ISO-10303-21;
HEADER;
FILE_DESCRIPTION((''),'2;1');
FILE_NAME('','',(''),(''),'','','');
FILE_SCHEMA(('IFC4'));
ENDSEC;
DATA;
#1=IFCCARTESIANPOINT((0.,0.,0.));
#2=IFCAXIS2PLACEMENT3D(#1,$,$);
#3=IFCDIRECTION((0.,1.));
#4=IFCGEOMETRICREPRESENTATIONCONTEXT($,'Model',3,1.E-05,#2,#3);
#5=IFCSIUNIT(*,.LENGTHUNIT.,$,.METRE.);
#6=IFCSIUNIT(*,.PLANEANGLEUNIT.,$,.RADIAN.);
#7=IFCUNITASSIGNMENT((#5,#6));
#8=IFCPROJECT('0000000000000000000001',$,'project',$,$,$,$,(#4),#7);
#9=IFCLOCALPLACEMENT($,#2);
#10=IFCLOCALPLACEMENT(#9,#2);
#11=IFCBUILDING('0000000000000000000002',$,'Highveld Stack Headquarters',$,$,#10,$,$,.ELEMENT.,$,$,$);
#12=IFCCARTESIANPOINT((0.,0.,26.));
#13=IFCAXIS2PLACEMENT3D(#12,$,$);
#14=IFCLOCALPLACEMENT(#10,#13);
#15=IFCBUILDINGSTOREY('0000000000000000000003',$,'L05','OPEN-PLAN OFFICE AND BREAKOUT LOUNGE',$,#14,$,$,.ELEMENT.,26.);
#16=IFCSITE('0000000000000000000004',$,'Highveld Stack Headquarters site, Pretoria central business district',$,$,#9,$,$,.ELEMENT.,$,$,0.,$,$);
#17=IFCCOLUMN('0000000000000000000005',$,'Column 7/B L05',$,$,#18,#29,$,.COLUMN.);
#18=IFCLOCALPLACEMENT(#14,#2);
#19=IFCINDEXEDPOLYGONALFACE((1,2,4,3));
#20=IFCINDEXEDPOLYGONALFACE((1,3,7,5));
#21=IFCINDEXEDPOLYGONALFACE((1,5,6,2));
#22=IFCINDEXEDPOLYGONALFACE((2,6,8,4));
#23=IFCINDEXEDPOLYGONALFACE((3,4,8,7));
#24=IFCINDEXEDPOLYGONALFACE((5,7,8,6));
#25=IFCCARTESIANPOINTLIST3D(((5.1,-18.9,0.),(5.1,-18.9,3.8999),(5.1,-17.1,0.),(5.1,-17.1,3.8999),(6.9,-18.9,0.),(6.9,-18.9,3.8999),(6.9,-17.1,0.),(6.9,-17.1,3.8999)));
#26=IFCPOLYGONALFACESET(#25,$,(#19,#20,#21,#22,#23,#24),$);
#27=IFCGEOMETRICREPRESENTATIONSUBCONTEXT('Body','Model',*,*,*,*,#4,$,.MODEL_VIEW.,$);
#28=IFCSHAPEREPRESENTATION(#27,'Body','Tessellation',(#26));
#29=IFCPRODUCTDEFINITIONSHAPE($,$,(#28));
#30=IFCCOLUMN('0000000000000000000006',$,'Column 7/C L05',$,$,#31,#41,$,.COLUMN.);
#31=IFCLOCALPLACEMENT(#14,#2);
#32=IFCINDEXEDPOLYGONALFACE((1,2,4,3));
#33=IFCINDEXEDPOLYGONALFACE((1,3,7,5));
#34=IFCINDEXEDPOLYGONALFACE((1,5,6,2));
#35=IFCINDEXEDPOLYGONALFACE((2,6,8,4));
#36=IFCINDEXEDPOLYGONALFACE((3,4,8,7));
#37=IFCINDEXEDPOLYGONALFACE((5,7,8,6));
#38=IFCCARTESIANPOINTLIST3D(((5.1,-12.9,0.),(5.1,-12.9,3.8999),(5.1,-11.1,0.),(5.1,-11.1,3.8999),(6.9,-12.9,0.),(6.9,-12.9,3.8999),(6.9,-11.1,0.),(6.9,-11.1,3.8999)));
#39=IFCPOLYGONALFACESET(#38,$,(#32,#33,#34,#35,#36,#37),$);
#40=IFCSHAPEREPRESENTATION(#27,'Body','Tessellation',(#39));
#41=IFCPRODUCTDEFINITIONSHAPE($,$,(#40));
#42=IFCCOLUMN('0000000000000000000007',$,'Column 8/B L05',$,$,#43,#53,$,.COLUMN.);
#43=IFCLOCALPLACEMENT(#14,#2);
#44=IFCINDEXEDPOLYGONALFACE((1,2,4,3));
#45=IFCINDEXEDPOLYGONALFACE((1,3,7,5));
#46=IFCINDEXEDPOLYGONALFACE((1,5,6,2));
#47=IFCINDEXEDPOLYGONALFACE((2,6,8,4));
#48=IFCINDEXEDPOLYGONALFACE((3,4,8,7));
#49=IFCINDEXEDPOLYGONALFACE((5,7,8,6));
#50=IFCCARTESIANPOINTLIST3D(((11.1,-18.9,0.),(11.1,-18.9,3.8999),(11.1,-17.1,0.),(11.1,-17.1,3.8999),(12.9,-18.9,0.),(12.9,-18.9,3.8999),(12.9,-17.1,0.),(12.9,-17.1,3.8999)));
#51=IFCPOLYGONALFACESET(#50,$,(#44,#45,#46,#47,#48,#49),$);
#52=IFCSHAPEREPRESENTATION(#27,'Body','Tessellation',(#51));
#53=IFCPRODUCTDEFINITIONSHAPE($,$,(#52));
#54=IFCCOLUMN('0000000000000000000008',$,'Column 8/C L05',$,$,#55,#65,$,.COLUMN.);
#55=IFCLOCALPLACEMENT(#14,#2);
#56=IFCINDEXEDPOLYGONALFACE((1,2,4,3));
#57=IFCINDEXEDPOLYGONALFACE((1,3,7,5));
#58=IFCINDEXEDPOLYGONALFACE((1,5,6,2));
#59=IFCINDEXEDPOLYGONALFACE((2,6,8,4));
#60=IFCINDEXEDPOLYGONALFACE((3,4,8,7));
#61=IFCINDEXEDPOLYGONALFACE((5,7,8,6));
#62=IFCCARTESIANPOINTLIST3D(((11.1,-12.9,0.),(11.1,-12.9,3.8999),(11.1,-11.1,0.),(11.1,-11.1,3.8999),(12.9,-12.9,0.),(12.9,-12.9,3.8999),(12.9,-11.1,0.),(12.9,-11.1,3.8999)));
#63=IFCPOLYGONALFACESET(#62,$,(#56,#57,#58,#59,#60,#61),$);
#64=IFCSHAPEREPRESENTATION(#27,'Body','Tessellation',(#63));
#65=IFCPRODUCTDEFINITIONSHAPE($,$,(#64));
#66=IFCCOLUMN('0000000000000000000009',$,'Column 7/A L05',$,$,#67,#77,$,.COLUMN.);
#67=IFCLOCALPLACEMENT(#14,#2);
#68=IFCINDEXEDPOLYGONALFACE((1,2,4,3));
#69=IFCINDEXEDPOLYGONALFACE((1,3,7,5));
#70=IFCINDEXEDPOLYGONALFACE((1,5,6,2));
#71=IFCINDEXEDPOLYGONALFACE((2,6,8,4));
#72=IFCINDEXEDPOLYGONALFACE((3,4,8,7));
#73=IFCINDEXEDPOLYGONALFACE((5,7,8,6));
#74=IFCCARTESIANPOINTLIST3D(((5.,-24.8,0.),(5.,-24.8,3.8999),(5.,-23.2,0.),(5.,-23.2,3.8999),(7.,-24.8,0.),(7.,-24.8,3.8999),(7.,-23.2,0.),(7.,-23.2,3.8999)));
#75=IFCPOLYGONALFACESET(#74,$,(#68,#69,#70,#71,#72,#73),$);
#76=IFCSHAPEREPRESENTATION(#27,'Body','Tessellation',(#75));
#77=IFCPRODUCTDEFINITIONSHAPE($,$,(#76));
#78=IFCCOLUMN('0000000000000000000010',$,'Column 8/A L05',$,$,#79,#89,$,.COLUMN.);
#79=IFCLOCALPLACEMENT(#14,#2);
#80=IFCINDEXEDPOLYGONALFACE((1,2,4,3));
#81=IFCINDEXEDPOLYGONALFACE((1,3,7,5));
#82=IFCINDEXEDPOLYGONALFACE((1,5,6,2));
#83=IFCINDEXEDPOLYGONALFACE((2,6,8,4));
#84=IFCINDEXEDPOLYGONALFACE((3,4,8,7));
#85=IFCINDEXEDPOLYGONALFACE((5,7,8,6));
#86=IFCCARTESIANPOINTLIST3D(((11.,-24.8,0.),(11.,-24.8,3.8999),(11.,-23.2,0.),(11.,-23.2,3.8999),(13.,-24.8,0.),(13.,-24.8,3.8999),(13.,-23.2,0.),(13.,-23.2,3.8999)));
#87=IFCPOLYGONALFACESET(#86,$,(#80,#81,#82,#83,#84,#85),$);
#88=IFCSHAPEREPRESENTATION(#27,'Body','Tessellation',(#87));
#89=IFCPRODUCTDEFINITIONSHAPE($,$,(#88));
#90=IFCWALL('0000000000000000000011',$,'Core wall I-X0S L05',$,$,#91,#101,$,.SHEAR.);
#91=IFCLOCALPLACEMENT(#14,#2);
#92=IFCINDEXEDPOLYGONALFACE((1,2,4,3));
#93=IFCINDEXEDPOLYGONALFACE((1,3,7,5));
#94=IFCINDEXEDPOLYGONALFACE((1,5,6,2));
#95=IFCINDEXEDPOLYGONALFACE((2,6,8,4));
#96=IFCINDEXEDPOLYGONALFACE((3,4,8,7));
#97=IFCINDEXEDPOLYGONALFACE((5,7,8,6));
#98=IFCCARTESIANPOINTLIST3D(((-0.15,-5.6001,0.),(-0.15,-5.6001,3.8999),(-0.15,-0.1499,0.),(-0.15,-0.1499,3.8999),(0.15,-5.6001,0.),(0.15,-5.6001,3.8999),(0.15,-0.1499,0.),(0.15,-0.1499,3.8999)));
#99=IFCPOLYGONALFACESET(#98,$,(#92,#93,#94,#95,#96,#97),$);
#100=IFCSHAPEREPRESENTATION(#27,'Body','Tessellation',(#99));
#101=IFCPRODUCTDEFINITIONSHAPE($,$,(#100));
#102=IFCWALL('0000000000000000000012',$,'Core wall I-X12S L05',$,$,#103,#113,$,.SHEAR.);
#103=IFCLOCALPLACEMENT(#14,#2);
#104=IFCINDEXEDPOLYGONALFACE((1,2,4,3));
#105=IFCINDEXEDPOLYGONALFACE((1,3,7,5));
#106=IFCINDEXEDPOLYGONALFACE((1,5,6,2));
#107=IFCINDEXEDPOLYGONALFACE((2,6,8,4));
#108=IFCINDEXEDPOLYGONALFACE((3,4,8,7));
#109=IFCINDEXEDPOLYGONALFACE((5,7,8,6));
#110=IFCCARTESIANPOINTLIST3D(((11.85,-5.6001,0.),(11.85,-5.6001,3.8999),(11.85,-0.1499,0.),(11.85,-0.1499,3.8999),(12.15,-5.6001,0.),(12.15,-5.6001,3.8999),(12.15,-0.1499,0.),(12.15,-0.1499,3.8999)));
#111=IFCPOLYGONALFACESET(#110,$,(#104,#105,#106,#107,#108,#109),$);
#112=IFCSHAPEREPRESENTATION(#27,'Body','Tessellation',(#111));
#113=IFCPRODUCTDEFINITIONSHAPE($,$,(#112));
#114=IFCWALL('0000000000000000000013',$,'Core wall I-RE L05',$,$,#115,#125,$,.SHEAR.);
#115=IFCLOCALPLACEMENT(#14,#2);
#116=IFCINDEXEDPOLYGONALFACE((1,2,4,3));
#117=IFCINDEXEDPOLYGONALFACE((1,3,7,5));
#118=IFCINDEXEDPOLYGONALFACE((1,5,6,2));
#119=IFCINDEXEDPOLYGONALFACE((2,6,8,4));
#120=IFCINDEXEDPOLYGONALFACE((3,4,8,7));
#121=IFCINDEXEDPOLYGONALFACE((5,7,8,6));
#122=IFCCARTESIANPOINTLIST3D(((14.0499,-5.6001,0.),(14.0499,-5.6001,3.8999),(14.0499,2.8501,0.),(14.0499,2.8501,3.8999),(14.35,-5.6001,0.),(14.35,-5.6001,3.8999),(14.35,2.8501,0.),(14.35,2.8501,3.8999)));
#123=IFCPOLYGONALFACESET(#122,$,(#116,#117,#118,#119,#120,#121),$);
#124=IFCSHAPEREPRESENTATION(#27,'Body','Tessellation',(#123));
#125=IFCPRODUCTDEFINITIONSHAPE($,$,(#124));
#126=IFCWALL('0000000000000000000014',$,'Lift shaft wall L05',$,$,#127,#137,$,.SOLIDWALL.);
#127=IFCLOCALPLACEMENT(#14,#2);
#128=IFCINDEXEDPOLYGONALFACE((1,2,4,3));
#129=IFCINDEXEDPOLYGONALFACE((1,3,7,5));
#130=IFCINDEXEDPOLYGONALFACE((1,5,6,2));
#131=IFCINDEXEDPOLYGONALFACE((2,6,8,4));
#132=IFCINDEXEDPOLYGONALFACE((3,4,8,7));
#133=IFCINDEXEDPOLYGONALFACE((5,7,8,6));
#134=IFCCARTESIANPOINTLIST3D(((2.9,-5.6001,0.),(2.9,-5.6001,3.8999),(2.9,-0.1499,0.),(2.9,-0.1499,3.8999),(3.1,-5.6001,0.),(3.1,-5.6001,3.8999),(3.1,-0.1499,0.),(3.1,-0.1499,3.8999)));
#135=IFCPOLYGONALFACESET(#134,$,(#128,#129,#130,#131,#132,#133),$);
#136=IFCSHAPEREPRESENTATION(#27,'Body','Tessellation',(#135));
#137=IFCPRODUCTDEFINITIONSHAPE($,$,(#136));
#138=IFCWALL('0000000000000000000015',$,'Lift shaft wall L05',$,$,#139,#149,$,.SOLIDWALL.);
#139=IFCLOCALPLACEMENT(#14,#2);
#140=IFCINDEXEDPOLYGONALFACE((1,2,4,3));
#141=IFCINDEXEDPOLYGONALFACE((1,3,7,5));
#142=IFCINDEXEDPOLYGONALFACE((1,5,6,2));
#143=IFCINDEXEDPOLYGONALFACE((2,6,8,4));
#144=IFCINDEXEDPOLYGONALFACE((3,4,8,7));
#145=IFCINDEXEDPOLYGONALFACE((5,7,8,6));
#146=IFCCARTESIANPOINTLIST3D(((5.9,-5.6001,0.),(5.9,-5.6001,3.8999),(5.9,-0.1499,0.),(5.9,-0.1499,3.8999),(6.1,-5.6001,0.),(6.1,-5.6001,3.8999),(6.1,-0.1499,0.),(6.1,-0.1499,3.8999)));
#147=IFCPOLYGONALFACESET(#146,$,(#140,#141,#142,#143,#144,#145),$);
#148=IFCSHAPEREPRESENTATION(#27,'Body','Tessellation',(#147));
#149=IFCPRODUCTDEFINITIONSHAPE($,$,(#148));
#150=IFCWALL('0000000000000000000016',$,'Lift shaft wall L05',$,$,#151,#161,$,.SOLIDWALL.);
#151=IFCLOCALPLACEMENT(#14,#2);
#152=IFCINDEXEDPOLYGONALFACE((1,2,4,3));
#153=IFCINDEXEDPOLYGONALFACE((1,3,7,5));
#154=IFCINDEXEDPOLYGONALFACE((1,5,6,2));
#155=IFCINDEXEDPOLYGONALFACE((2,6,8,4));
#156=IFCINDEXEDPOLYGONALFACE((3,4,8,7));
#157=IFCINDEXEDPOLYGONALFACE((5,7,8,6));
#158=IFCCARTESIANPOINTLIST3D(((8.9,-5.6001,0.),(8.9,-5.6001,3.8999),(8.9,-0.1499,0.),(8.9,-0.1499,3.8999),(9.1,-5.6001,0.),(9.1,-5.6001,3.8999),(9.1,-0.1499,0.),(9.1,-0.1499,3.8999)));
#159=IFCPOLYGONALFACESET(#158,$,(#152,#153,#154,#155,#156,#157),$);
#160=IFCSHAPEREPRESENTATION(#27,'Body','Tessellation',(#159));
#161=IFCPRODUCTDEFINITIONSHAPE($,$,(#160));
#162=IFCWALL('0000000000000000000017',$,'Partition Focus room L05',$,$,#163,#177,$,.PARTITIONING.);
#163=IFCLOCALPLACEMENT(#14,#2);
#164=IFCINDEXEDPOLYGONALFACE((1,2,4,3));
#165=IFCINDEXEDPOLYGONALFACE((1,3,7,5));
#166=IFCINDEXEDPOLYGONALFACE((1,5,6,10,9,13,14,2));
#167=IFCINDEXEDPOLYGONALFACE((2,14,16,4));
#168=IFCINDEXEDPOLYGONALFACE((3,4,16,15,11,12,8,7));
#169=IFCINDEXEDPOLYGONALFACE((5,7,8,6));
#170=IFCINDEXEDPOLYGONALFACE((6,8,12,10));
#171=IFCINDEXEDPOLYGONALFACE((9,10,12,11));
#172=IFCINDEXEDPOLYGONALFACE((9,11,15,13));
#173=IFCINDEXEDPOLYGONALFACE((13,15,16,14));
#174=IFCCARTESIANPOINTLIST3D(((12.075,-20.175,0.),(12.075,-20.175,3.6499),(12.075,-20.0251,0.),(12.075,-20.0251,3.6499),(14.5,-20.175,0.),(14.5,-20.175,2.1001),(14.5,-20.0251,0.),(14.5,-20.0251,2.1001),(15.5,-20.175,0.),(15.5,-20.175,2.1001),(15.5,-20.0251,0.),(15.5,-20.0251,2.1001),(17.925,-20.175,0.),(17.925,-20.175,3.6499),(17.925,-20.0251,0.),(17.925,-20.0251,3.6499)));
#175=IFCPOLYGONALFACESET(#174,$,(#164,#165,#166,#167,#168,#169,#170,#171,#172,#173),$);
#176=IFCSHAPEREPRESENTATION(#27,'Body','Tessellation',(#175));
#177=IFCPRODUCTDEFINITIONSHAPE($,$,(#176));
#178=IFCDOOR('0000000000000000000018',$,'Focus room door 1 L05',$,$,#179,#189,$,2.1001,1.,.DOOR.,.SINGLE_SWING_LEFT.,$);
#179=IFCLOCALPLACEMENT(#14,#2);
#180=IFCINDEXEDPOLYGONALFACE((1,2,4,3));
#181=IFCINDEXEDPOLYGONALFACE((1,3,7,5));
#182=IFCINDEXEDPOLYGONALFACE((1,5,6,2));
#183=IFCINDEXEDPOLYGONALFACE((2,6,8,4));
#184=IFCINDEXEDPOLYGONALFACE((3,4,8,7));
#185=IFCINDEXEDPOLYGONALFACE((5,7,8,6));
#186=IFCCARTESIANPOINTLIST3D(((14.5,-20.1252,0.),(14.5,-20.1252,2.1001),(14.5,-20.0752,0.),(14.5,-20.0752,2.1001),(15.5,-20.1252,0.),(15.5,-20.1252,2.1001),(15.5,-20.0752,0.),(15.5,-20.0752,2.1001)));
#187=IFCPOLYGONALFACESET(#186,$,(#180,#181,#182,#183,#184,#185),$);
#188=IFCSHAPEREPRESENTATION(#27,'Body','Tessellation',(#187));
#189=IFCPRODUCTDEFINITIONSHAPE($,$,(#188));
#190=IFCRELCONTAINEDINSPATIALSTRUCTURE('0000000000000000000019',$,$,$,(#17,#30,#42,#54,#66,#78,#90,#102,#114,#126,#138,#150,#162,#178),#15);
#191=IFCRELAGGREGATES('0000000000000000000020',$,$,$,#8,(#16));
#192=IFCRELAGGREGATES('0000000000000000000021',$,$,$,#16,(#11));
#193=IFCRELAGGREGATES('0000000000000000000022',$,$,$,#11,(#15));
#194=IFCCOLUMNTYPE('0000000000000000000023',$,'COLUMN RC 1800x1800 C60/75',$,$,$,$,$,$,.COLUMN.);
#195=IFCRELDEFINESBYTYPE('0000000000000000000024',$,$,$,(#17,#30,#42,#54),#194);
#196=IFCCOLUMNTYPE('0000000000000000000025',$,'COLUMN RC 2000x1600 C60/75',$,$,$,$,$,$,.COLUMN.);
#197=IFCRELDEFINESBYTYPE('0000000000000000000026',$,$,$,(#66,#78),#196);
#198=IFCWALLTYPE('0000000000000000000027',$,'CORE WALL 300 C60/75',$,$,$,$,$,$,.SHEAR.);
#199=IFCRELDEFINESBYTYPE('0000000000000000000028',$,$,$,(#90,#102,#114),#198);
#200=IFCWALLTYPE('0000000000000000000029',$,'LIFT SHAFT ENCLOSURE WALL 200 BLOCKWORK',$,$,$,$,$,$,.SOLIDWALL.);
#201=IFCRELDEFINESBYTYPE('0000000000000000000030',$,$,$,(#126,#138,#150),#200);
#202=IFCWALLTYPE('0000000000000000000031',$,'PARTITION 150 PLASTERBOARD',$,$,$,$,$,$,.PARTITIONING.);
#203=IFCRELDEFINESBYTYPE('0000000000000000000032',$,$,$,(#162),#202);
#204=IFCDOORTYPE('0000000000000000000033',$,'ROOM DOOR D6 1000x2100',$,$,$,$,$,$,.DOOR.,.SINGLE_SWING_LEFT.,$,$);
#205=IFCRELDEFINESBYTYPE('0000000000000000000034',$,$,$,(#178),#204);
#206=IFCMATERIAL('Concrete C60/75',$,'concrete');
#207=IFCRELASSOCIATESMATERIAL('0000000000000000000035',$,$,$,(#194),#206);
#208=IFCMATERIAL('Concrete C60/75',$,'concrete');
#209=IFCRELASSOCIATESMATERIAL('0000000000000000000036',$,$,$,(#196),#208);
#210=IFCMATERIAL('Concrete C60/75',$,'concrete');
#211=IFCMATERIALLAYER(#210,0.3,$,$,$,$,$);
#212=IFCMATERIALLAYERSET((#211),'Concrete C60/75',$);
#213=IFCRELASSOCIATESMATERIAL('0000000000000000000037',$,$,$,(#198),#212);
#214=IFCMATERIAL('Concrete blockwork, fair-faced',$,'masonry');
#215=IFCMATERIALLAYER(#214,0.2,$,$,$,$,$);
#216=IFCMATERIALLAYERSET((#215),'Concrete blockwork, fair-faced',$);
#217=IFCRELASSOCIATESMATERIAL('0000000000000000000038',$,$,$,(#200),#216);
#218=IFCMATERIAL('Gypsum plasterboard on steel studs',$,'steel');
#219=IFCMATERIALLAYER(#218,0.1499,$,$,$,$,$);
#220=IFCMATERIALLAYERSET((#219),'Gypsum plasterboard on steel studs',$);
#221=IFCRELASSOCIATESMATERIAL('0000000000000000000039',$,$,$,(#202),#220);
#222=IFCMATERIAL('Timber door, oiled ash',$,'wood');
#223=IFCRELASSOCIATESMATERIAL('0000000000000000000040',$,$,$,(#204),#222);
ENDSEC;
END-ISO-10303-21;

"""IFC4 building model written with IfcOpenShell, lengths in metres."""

from ifc_helpers import new_model, si_unit, direction, frame, frame_2d, origin, origin_2d, place, context, subcontext, project, spatial, rectangle, extrude, material, layer, layer_set, material_profile, profile_set, type_object, element, fill, save


model = new_model("IFC4")

# Units and contexts
model_context = context("Model", 3, precision=1e-05, world=origin(), true_north=direction((0.0, 1.0)))
body_context = subcontext(model_context, "Body", "Model", "MODEL_VIEW")
ifc_project = project(units=[si_unit("LENGTHUNIT", "METRE"), si_unit("PLANEANGLEUNIT", "RADIAN")], contexts=[model_context])

# Site, building, storey
site_placement = place(None, origin())
site = spatial("IfcSite", under=ifc_project, at=site_placement, Name="Highveld Stack Headquarters site, Pretoria central business district", CompositionType="ELEMENT", RefElevation=0.0)
building_placement = place(site_placement, origin())
building = spatial("IfcBuilding", under=site, at=building_placement, Name="Highveld Stack Headquarters", CompositionType="ELEMENT")
storey_placement = place(building_placement, frame((0.0, 0.0, 26.0)))
storey = spatial("IfcBuildingStorey", under=building, at=storey_placement, Name="L05", Description="OPEN-PLAN OFFICE AND BREAKOUT LOUNGE", CompositionType="ELEMENT", Elevation=26.0)

# Columns
ifc_material_1 = material(Name="Concrete C60/75", Category="concrete")
ifc_material_profile_1 = material_profile(ifc_material_1, rectangle(XDim=1.8, YDim=1.8, at=origin_2d()), Name="RC 1800x1800")
ifc_profile_set_1 = profile_set([ifc_material_profile_1], Name="Concrete C60/75")
column_type_1 = type_object("IfcColumnType", Name="COLUMN RC 1800x1800 C60/75", PredefinedType="COLUMN", material=ifc_profile_set_1)
for number, where, z_axis, x_axis, name in (
    (1, (6.0, -18.0, 0.0), (0.0, 0.0, 1.0), (1.0, 0.0, 0.0), "Column 7/B L05"),
    (2, (6.0, -12.0, 0.0), (0.0, 0.0, 1.0), (1.0, 0.0, 0.0), "Column 7/C L05"),
    (3, (12.0, -18.0, 0.0), (0.0, 0.0, 1.0), (1.0, 0.0, 0.0), "Column 8/B L05"),
    (4, (12.0, -12.0, 0.0), (0.0, 0.0, 1.0), (1.0, 0.0, 0.0), "Column 8/C L05"),
):
    element("IfcColumn", number, at=place(storey_placement, frame(where, z_axis=z_axis, x_axis=x_axis)), inside=storey, type_object=column_type_1, Name=name, PredefinedType="COLUMN", context=body_context, shape_type="SweptSolid", body=[
        extrude(rectangle(XDim=1.8, YDim=1.8, at=origin_2d()), origin(), (0.0, 0.0, 1.0), 3.8999),
    ])
ifc_material_2 = material(Name="Concrete C60/75", Category="concrete")
ifc_material_profile_2 = material_profile(ifc_material_2, rectangle(XDim=2.0, YDim=1.6001, at=origin_2d()), Name="RC 2000x1600")
ifc_profile_set_2 = profile_set([ifc_material_profile_2], Name="Concrete C60/75")
column_type_2 = type_object("IfcColumnType", Name="COLUMN RC 2000x1600 C60/75", PredefinedType="COLUMN", material=ifc_profile_set_2)
for number, where, z_axis, x_axis, name in (
    (5, (6.0, -24.0, 0.0), (0.0, 0.0, 1.0), (1.0, 0.0, 0.0), "Column 7/A L05"),
    (6, (12.0, -24.0, 0.0), (0.0, 0.0, 1.0), (1.0, 0.0, 0.0), "Column 8/A L05"),
):
    element("IfcColumn", number, at=place(storey_placement, frame(where, z_axis=z_axis, x_axis=x_axis)), inside=storey, type_object=column_type_2, Name=name, PredefinedType="COLUMN", context=body_context, shape_type="SweptSolid", body=[
        extrude(rectangle(XDim=2.0, YDim=1.6001, at=origin_2d()), origin(), (0.0, 0.0, 1.0), 3.8999),
    ])

# Walls
ifc_material_3 = material(Name="Concrete C60/75", Category="concrete")
ifc_layer_1 = layer(ifc_material_3, 0.3)
ifc_layer_set_1 = layer_set([ifc_layer_1], Name="Concrete C60/75")
wall_type_1 = type_object("IfcWallType", Name="CORE WALL 300 C60/75", PredefinedType="SHEAR", material=ifc_layer_set_1)
for number, where, z_axis, x_axis, name in (
    (7, (0.0, -5.6001, 0.0), (0.0, 0.0, 1.0), (0.0, 1.0, 0.0), "Core wall I-X0S L05"),
    (8, (12.0, -5.6001, 0.0), (0.0, 0.0, 1.0), (0.0, 1.0, 0.0), "Core wall I-X12S L05"),
):
    element("IfcWall", number, at=place(storey_placement, frame(where, z_axis=z_axis, x_axis=x_axis)), inside=storey, type_object=wall_type_1, Name=name, PredefinedType="SHEAR", context=body_context, shape_type="SweptSolid", body=[
        extrude(rectangle(XDim=5.4502, YDim=0.3, at=frame_2d((2.7251, 0.0))), origin(), (0.0, 0.0, 1.0), 3.8999),
    ])
wall_1_placement = place(storey_placement, frame((14.2, -5.6001, 0.0), z_axis=(0.0, 0.0, 1.0), x_axis=(0.0, 1.0, 0.0)))
element("IfcWall", 9, at=wall_1_placement, inside=storey, type_object=wall_type_1, Name="Core wall I-RE L05", PredefinedType="SHEAR", context=body_context, shape_type="SweptSolid", body=[
    extrude(rectangle(XDim=8.4502, YDim=0.3, at=frame_2d((4.2251, 0.0))), origin(), (0.0, 0.0, 1.0), 3.8999),
])
ifc_material_4 = material(Name="Concrete blockwork, fair-faced", Category="masonry")
ifc_layer_2 = layer(ifc_material_4, 0.2)
ifc_layer_set_2 = layer_set([ifc_layer_2], Name="Concrete blockwork, fair-faced")
wall_type_2 = type_object("IfcWallType", Name="LIFT SHAFT ENCLOSURE WALL 200 BLOCKWORK", PredefinedType="SOLIDWALL", material=ifc_layer_set_2)
for number, where, z_axis, x_axis, name in (
    (10, (3.0, -5.6001, 0.0), (0.0, 0.0, 1.0), (0.0, 1.0, 0.0), "Lift shaft wall L05"),
    (11, (6.0, -5.6001, 0.0), (0.0, 0.0, 1.0), (0.0, 1.0, 0.0), "Lift shaft wall L05"),
    (12, (9.0, -5.6001, 0.0), (0.0, 0.0, 1.0), (0.0, 1.0, 0.0), "Lift shaft wall L05"),
):
    element("IfcWall", number, at=place(storey_placement, frame(where, z_axis=z_axis, x_axis=x_axis)), inside=storey, type_object=wall_type_2, Name=name, PredefinedType="SOLIDWALL", context=body_context, shape_type="SweptSolid", body=[
        extrude(rectangle(XDim=5.4502, YDim=0.2, at=frame_2d((2.7251, 0.0))), origin(), (0.0, 0.0, 1.0), 3.8999),
    ])

# Wall, opening, door
ifc_material_5 = material(Name="Gypsum plasterboard on steel studs", Category="steel")
ifc_layer_3 = layer(ifc_material_5, 0.1499)
ifc_layer_set_3 = layer_set([ifc_layer_3], Name="Gypsum plasterboard on steel studs")
wall_type_3 = type_object("IfcWallType", Name="PARTITION 150 PLASTERBOARD", PredefinedType="PARTITIONING", material=ifc_layer_set_3)
wall_2_placement = place(storey_placement, frame((12.075, -20.1001, 0.0), z_axis=(0.0, 0.0, 1.0), x_axis=(1.0, 0.0, 0.0)))
wall_2 = element("IfcWall", 13, at=wall_2_placement, inside=storey, type_object=wall_type_3, Name="Partition Focus room L05", PredefinedType="PARTITIONING", context=body_context, shape_type="SweptSolid", body=[
    extrude(rectangle(XDim=5.8501, YDim=0.1499, at=frame_2d((2.925, 0.0))), origin(), (0.0, 0.0, 1.0), 3.6499),
])
opening_1_placement = place(wall_2_placement, frame((2.425, 0.0, 0.0)))
opening_1 = element("IfcOpeningElement", 14, at=opening_1_placement, cuts=wall_2, PredefinedType="OPENING", context=body_context, shape_type="SweptSolid", body=[
    extrude(rectangle(XDim=1.0, YDim=2.1001, at=frame_2d((0.5, 1.05))), frame((0.0, 0.085, 0.0), z_axis=(0.0, -1.0, 0.0), x_axis=(1.0, 0.0, 0.0)), (0.0, 0.0, 1.0), 0.1699),
])
ifc_material_6 = material(Name="Timber door, oiled ash", Category="wood")
door_type = type_object("IfcDoorType", Name="ROOM DOOR D6 1000x2100", OperationType="SINGLE_SWING_LEFT", PredefinedType="DOOR", material=ifc_material_6)
door_1_placement = place(opening_1_placement, origin())
door_1 = element("IfcDoor", 15, at=door_1_placement, inside=storey, type_object=door_type, Name="Focus room door 1 L05", OperationType="SINGLE_SWING_LEFT", OverallHeight=2.1001, OverallWidth=1.0, PredefinedType="DOOR", context=body_context, shape_type="SweptSolid", body=[
    extrude(rectangle(XDim=1.0, YDim=2.1001, at=frame_2d((0.5, 1.05))), frame((0.0, 0.0249, 0.0), z_axis=(0.0, -1.0, 0.0), x_axis=(1.0, 0.0, 0.0)), (0.0, 0.0, 1.0), 0.05),
])
fill(opening_1, door_1)

save(model, "model.ifc")
